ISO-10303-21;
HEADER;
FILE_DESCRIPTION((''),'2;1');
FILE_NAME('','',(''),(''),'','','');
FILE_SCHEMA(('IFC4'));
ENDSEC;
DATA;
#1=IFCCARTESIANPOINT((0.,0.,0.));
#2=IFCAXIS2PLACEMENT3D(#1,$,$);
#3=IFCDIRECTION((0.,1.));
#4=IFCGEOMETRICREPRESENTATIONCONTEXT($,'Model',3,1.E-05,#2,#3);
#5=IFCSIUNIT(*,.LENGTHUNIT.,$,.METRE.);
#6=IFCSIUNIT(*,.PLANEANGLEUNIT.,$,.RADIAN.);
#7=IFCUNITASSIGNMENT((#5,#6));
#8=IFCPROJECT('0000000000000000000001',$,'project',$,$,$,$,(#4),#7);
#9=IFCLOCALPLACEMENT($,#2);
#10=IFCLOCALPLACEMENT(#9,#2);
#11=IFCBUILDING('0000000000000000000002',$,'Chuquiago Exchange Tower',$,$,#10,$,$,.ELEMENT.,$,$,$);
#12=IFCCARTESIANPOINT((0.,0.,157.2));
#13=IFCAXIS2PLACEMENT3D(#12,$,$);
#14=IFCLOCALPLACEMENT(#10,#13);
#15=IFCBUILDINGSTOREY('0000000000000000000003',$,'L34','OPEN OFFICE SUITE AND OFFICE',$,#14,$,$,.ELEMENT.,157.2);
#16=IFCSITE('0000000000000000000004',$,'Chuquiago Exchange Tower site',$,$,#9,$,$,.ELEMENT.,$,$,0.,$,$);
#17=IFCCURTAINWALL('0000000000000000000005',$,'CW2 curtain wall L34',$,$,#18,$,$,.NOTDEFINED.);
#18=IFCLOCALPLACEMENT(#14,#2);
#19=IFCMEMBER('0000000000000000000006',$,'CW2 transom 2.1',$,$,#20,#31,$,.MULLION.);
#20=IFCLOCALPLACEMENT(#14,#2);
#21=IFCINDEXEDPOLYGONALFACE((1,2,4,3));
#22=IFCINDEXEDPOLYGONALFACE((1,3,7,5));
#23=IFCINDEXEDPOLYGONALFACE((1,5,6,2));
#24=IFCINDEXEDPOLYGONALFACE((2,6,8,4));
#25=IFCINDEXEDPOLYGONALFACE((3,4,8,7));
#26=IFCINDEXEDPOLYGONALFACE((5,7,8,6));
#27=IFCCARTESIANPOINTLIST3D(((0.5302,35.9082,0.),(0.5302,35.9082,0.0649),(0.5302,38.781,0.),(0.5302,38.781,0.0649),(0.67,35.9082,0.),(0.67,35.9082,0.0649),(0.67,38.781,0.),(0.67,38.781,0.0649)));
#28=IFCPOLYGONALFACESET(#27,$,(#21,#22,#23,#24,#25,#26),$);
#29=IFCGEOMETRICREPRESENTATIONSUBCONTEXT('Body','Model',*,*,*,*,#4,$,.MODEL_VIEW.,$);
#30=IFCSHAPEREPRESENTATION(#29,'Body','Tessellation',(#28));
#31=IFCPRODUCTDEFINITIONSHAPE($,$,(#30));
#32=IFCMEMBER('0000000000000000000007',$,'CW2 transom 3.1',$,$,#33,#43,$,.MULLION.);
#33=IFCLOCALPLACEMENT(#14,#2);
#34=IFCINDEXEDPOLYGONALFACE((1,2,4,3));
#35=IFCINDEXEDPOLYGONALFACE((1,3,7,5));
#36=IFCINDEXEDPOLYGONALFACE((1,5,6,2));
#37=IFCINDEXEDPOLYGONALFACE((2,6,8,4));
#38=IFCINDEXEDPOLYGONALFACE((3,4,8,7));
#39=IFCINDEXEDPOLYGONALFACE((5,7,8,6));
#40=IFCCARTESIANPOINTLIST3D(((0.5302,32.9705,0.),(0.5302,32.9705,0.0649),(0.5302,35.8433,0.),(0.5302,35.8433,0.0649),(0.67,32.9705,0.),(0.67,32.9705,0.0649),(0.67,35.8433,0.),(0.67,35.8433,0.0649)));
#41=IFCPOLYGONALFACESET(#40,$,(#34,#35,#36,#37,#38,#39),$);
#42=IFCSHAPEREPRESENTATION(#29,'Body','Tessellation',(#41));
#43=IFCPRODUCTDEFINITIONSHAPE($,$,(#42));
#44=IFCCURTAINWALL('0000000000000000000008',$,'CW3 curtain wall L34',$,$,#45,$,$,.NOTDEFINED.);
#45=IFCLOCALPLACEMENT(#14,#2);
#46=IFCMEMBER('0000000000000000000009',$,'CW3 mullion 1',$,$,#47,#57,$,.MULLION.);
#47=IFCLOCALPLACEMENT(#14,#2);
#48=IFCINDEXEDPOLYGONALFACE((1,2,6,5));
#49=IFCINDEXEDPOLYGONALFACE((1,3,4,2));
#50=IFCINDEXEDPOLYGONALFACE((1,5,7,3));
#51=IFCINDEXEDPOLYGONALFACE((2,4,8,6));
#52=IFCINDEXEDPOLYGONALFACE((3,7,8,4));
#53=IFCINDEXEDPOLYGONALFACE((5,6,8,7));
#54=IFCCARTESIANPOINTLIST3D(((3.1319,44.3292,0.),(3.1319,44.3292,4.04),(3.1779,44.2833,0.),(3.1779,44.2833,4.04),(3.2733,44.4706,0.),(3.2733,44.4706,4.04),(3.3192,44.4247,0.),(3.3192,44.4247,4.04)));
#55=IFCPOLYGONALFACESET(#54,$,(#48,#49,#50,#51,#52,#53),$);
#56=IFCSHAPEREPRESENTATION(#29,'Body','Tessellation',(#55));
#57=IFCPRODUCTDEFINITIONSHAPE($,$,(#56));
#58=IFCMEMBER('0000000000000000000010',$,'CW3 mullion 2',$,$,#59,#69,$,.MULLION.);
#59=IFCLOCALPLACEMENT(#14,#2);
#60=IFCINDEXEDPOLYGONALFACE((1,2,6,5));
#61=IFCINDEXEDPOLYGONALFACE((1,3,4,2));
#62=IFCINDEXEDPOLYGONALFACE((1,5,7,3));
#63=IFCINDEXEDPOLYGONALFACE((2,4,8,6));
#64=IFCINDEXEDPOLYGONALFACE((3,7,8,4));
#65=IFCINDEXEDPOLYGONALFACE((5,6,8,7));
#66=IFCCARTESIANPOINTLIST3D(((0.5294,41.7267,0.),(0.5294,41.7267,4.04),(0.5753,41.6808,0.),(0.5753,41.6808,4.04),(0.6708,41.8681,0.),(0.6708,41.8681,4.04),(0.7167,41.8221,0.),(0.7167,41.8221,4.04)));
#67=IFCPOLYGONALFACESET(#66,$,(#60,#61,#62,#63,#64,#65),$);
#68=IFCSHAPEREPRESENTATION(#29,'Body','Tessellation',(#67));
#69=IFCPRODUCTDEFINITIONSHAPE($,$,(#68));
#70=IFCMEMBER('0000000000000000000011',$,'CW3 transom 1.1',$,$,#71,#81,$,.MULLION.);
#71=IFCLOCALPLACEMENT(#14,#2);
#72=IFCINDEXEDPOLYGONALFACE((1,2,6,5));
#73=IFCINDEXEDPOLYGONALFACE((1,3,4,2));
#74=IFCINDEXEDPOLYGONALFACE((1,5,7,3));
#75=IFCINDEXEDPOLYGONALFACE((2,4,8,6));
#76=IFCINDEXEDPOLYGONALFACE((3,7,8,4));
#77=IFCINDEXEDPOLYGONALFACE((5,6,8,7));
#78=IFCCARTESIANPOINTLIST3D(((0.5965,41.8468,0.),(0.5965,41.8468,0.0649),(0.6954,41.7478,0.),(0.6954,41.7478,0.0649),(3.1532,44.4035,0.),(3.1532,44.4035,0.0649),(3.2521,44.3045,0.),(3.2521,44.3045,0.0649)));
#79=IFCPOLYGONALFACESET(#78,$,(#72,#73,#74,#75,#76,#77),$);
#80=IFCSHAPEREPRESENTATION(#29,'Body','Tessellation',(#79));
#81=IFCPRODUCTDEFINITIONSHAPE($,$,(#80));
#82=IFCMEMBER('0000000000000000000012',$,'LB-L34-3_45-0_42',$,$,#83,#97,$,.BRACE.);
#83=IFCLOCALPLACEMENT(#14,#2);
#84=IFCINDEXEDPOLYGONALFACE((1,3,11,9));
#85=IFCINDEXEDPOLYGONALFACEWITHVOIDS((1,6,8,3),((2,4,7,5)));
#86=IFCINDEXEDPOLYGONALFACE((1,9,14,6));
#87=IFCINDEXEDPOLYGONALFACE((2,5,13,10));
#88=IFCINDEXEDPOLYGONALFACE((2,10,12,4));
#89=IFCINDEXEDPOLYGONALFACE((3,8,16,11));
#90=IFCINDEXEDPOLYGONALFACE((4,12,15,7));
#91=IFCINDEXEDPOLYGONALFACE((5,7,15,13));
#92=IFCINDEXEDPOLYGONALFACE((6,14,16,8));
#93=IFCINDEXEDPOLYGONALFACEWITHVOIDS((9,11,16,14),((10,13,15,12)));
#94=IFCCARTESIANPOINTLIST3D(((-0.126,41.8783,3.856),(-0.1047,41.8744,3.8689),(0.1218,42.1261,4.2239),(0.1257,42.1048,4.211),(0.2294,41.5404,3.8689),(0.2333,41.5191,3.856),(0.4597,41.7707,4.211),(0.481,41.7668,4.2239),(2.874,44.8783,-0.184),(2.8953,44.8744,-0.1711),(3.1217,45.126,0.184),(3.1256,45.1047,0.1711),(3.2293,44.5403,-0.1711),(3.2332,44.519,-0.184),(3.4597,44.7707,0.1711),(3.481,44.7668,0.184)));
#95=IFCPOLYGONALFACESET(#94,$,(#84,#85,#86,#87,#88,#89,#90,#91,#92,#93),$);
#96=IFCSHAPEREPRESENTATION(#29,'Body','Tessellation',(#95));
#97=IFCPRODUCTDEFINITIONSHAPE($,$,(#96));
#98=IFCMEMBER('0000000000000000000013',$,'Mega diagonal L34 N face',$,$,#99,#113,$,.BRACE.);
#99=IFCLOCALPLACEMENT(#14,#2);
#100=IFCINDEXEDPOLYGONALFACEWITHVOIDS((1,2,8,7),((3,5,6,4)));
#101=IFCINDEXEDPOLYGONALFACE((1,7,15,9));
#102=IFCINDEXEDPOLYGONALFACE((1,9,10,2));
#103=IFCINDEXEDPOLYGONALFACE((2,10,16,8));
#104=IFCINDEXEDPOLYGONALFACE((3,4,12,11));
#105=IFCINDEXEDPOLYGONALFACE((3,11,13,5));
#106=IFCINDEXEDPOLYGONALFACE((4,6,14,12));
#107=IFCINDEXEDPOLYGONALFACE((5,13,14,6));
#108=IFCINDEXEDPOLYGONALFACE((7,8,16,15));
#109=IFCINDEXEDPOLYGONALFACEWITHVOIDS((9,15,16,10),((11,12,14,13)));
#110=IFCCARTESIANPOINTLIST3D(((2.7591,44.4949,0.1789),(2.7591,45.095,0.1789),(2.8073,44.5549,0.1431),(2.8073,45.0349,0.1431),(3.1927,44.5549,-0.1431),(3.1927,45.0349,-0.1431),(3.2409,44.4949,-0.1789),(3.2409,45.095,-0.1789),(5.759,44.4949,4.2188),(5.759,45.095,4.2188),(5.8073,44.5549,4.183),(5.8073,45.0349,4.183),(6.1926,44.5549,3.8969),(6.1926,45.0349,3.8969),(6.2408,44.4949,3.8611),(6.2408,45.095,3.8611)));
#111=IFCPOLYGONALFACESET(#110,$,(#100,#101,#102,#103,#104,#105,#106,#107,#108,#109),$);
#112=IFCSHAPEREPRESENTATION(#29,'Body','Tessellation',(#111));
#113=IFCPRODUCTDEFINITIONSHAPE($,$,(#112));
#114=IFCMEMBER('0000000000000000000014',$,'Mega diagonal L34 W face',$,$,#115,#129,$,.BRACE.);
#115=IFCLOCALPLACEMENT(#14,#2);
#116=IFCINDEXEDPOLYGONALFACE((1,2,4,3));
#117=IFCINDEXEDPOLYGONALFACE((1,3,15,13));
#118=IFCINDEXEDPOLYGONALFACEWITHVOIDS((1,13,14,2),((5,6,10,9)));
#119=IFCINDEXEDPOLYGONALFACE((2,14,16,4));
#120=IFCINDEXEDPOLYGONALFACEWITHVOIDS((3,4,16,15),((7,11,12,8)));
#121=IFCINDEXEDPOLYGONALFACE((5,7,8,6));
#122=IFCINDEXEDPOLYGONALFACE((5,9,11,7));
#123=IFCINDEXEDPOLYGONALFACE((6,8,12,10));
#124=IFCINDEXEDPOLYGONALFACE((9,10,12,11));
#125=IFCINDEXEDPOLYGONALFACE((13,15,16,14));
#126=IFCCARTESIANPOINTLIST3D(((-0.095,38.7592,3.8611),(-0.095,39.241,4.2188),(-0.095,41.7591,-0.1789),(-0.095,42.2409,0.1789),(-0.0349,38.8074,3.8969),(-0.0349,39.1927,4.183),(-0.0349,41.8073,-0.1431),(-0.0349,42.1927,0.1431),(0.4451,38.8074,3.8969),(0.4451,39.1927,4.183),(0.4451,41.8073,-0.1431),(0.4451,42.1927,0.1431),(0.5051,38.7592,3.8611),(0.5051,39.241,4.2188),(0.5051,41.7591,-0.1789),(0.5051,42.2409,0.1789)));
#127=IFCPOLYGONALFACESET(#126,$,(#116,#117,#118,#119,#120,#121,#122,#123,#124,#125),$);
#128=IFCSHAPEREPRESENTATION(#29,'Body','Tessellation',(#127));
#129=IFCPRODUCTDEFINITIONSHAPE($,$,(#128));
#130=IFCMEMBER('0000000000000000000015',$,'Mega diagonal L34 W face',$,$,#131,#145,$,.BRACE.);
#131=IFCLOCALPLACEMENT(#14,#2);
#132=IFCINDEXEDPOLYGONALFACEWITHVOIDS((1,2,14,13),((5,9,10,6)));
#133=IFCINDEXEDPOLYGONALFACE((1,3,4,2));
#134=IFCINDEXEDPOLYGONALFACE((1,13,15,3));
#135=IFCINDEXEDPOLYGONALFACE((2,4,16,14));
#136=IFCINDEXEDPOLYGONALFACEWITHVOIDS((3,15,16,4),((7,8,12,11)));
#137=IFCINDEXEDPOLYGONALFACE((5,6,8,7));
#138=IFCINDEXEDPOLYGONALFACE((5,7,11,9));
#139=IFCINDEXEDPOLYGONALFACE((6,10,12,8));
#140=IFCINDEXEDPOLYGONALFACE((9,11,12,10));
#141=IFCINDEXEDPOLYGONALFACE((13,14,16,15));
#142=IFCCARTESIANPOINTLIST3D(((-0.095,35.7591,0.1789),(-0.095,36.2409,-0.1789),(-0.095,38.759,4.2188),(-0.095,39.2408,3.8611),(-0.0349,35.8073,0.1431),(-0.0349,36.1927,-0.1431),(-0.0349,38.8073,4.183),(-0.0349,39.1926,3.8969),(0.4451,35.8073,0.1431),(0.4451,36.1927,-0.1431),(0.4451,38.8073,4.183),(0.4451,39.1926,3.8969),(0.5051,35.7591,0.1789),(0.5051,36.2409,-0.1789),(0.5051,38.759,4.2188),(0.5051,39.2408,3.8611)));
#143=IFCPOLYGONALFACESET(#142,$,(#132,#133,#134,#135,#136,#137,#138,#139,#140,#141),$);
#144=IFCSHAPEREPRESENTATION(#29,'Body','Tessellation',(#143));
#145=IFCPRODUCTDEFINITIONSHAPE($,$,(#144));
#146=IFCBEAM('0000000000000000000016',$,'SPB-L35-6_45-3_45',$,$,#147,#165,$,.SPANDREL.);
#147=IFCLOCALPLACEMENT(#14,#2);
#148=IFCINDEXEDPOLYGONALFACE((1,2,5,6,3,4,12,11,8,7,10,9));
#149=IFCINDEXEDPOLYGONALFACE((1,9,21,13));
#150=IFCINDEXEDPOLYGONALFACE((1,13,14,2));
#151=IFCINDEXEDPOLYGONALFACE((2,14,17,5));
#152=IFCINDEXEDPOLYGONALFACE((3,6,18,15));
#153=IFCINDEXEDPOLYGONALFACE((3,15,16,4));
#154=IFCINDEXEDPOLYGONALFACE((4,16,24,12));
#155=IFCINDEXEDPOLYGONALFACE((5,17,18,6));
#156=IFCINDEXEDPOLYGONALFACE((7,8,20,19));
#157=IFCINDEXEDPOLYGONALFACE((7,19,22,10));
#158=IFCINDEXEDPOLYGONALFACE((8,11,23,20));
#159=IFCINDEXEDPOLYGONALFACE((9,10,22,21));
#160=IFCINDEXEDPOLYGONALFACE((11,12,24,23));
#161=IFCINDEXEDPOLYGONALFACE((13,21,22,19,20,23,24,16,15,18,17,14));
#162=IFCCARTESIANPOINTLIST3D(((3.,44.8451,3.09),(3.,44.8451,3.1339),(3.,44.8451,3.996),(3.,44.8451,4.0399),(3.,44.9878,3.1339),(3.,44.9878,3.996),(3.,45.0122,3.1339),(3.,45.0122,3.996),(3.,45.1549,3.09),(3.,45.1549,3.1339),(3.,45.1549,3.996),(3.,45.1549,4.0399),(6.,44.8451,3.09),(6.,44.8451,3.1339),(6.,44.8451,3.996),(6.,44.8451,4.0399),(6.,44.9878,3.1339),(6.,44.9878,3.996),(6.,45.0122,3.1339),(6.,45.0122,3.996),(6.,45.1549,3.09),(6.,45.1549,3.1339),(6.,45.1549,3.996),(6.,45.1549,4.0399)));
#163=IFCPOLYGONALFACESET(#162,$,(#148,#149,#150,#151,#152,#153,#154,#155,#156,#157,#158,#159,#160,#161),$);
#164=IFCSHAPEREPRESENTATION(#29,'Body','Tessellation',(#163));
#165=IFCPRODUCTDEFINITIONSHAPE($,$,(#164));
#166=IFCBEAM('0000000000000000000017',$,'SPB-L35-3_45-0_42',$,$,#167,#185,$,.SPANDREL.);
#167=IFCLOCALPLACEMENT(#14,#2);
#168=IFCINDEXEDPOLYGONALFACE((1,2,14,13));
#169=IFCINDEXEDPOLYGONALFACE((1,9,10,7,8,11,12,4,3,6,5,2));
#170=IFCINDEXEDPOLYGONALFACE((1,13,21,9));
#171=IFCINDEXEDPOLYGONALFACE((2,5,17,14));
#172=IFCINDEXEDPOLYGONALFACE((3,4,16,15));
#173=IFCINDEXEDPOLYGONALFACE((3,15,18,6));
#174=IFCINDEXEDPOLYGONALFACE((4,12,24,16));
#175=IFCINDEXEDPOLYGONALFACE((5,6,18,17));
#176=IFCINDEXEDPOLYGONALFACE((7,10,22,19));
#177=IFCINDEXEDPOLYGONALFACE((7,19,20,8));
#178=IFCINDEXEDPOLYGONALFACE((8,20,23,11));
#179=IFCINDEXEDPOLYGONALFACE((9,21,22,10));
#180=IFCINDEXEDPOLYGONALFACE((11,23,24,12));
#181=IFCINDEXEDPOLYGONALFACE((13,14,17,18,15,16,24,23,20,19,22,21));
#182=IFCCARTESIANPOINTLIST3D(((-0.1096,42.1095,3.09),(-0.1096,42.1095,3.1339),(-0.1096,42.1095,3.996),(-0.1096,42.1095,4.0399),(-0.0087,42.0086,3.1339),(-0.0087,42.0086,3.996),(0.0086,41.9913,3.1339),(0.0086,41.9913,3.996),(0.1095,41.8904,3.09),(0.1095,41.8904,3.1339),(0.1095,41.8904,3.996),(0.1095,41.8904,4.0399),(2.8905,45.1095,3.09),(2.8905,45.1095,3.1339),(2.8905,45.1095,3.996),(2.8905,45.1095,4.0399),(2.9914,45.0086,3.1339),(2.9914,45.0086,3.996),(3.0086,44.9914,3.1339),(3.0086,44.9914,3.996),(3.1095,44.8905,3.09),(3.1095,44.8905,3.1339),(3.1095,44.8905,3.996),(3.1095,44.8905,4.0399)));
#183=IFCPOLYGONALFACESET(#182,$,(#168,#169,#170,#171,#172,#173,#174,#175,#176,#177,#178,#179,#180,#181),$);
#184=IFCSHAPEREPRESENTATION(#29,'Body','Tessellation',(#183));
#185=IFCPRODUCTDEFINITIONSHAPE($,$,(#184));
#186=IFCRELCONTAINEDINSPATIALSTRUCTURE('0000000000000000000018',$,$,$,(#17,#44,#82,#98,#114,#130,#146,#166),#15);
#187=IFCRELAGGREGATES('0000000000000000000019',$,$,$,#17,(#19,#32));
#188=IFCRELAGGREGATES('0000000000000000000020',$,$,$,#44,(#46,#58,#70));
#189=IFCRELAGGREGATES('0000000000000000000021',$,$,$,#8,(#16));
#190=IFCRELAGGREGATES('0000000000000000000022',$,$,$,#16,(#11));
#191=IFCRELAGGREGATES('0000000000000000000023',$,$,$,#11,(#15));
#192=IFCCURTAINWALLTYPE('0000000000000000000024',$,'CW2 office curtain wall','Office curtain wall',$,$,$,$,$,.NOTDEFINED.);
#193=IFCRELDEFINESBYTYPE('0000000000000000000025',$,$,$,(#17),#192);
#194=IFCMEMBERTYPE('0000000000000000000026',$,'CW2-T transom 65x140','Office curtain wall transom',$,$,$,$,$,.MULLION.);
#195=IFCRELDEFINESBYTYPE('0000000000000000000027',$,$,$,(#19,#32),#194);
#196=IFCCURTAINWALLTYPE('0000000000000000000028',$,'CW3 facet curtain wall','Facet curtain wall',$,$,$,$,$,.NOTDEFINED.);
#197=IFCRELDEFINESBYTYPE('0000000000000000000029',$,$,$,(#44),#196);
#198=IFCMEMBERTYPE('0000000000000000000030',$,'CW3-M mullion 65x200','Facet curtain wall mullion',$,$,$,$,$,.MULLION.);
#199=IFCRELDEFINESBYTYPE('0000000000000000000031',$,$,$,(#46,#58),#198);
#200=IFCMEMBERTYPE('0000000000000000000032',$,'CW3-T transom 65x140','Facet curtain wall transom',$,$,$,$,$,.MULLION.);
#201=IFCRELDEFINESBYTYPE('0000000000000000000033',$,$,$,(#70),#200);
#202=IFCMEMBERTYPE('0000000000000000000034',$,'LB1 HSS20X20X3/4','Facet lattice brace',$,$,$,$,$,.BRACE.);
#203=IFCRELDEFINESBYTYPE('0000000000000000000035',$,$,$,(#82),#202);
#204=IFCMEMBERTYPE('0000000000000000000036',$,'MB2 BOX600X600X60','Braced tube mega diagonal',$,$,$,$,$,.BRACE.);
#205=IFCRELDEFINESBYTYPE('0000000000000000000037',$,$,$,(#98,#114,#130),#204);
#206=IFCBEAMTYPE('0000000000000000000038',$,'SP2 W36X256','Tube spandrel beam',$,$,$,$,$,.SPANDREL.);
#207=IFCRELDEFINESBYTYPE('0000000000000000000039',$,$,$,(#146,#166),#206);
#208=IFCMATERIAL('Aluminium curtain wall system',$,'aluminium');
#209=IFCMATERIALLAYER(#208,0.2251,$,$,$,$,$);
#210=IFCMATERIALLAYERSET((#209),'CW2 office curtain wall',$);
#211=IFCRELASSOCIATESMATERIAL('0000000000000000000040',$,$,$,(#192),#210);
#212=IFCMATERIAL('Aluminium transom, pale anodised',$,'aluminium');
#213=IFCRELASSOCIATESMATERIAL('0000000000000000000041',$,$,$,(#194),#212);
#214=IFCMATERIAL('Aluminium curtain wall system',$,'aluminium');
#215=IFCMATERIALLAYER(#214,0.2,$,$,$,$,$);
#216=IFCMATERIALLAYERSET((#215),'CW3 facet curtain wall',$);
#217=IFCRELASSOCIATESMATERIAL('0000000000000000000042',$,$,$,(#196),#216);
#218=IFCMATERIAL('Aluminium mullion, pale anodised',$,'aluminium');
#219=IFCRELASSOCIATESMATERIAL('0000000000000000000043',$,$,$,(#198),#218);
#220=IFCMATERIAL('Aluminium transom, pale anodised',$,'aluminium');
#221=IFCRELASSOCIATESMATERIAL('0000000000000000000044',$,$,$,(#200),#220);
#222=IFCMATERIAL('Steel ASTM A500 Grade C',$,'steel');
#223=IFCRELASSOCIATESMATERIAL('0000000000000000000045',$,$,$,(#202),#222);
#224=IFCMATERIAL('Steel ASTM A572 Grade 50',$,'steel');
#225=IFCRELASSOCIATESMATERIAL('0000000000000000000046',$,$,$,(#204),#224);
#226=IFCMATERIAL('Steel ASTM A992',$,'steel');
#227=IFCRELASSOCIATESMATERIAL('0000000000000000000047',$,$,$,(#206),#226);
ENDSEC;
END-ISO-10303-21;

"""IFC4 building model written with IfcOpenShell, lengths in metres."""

from ifc_helpers import new_model, si_unit, direction, frame, origin, origin_2d, place, context, subcontext, project, spatial, rectangle, hollow_rectangle, i_section, extrude, material, layer, layer_set, material_profile, profile_set, type_object, element, aggregate, save


model = new_model("IFC4")

# Units and contexts
model_context = context("Model", 3, precision=1e-05, world=origin(), true_north=direction((0.0, 1.0)))
body_context = subcontext(model_context, "Body", "Model", "MODEL_VIEW")
ifc_project = project(units=[si_unit("LENGTHUNIT", "METRE"), si_unit("PLANEANGLEUNIT", "RADIAN")], contexts=[model_context])

# Site, building, storey
site_placement = place(None, origin())
site = spatial("IfcSite", under=ifc_project, at=site_placement, Name="Chuquiago Exchange Tower site", CompositionType="ELEMENT", RefElevation=0.0)
building_placement = place(site_placement, origin())
building = spatial("IfcBuilding", under=site, at=building_placement, Name="Chuquiago Exchange Tower", CompositionType="ELEMENT")
storey_placement = place(building_placement, frame((0.0, 0.0, 157.2)))
storey = spatial("IfcBuildingStorey", under=building, at=storey_placement, Name="L34", Description="OPEN OFFICE SUITE AND OFFICE", CompositionType="ELEMENT", Elevation=157.2)

# Curtain wall
ifc_material_1 = material(Name="Aluminium curtain wall system", Category="aluminium")
ifc_layer_1 = layer(ifc_material_1, 0.2251)
ifc_layer_set_1 = layer_set([ifc_layer_1], Name="CW2 office curtain wall")
curtain_wall_type_1 = type_object("IfcCurtainWallType", Name="CW2 office curtain wall", Description="Office curtain wall", PredefinedType="NOTDEFINED", material=ifc_layer_set_1)
curtain_wall_1_placement = place(storey_placement, origin())
curtain_wall_1 = element("IfcCurtainWall", 1, at=curtain_wall_1_placement, inside=storey, type_object=curtain_wall_type_1, Name="CW2 curtain wall L34", PredefinedType="NOTDEFINED")

# Members
ifc_material_2 = material(Name="Aluminium transom, pale anodised", Category="aluminium")
ifc_material_profile_1 = material_profile(ifc_material_2, rectangle(XDim=0.1399, YDim=0.0649, at=origin_2d()), Name="AL 140x65")
ifc_profile_set_1 = profile_set([ifc_material_profile_1], Name="Aluminium transom, pale anodised")
member_type_1 = type_object("IfcMemberType", Name="CW2-T transom 65x140", Description="Office curtain wall transom", PredefinedType="MULLION", material=ifc_profile_set_1)
member_1_placement = place(storey_placement, frame((0.6001, 38.781, 0.0325), z_axis=(0.0, -1.0, 0.0), x_axis=(1.0, 0.0, 0.0)))
member_1 = element("IfcMember", 2, at=member_1_placement, type_object=member_type_1, Name="CW2 transom 2.1", PredefinedType="MULLION", context=body_context, shape_type="SweptSolid", body=[
    extrude(rectangle(XDim=0.1399, YDim=0.0649, at=origin_2d()), origin(), (0.0, 0.0, 1.0), 2.8728),
])
member_2_placement = place(storey_placement, frame((0.6001, 35.8433, 0.0325), z_axis=(0.0, -1.0, 0.0), x_axis=(1.0, 0.0, 0.0)))
member_2 = element("IfcMember", 3, at=member_2_placement, type_object=member_type_1, Name="CW2 transom 3.1", PredefinedType="MULLION", context=body_context, shape_type="SweptSolid", body=[
    extrude(rectangle(XDim=0.1399, YDim=0.0649, at=origin_2d()), origin(), (0.0, 0.0, 1.0), 2.8728),
])

# Curtain wall, members
ifc_material_3 = material(Name="Aluminium curtain wall system", Category="aluminium")
ifc_layer_2 = layer(ifc_material_3, 0.2)
ifc_layer_set_2 = layer_set([ifc_layer_2], Name="CW3 facet curtain wall")
curtain_wall_type_2 = type_object("IfcCurtainWallType", Name="CW3 facet curtain wall", Description="Facet curtain wall", PredefinedType="NOTDEFINED", material=ifc_layer_set_2)
curtain_wall_2_placement = place(storey_placement, origin())
curtain_wall_2 = element("IfcCurtainWall", 4, at=curtain_wall_2_placement, inside=storey, type_object=curtain_wall_type_2, Name="CW3 curtain wall L34", PredefinedType="NOTDEFINED")
ifc_material_4 = material(Name="Aluminium mullion, pale anodised", Category="aluminium")
ifc_material_profile_2 = material_profile(ifc_material_4, rectangle(XDim=0.0649, YDim=0.2, at=origin_2d()), Name="AL 65x200")
ifc_profile_set_2 = profile_set([ifc_material_profile_2], Name="Aluminium mullion, pale anodised")
member_type_2 = type_object("IfcMemberType", Name="CW3-M mullion 65x200", Description="Facet curtain wall mullion", PredefinedType="MULLION", material=ifc_profile_set_2)
member_3_placement = place(storey_placement, frame((3.2256, 44.377, 0.0), z_axis=(0.0, 0.0, 1.0), x_axis=(0.707107, -0.707107, 0.0)))
member_3 = element("IfcMember", 5, at=member_3_placement, type_object=member_type_2, Name="CW3 mullion 1", PredefinedType="MULLION", context=body_context, shape_type="SweptSolid", body=[
    extrude(rectangle(XDim=0.0649, YDim=0.2, at=origin_2d()), origin(), (0.0, 0.0, 1.0), 4.04),
])
member_4_placement = place(storey_placement, frame((0.623, 41.7744, 0.0), z_axis=(0.0, 0.0, 1.0), x_axis=(0.707107, -0.707107, 0.0)))
member_4 = element("IfcMember", 6, at=member_4_placement, type_object=member_type_2, Name="CW3 mullion 2", PredefinedType="MULLION", context=body_context, shape_type="SweptSolid", body=[
    extrude(rectangle(XDim=0.0649, YDim=0.2, at=origin_2d()), origin(), (0.0, 0.0, 1.0), 4.04),
])
ifc_material_5 = material(Name="Aluminium transom, pale anodised", Category="aluminium")
ifc_material_profile_3 = material_profile(ifc_material_5, rectangle(XDim=0.1399, YDim=0.0649, at=origin_2d()), Name="AL 140x65")
ifc_profile_set_3 = profile_set([ifc_material_profile_3], Name="Aluminium transom, pale anodised")
member_type_3 = type_object("IfcMemberType", Name="CW3-T transom 65x140", Description="Facet curtain wall transom", PredefinedType="MULLION", material=ifc_profile_set_3)
member_5_placement = place(storey_placement, frame((3.2026, 44.354, 0.0325), z_axis=(-0.707107, -0.707107, 0.0), x_axis=(0.707107, -0.707107, 0.0)))
member_5 = element("IfcMember", 7, at=member_5_placement, type_object=member_type_3, Name="CW3 transom 1.1", PredefinedType="MULLION", context=body_context, shape_type="SweptSolid", body=[
    extrude(rectangle(XDim=0.1399, YDim=0.0649, at=origin_2d()), origin(), (0.0, 0.0, 1.0), 3.6157),
])

# Members
ifc_material_6 = material(Name="Steel ASTM A500 Grade C", Category="steel")
ifc_material_profile_4 = material_profile(ifc_material_6, hollow_rectangle(XDim=0.5081, YDim=0.5081, WallThickness=0.0178, at=origin_2d()), Name="HSS20X20X3/4")
ifc_profile_set_4 = profile_set([ifc_material_profile_4], Name="Steel ASTM A500 Grade C")
member_type_4 = type_object("IfcMemberType", Name="LB1 HSS20X20X3/4", Description="Facet lattice brace", PredefinedType="BRACE", material=ifc_profile_set_4)
member_6_placement = place(storey_placement, frame((3.1775, 44.8225, 0.0), z_axis=(-0.512077, -0.512077, 0.689604), x_axis=(0.707107, -0.707107, 0.0)))
element("IfcMember", 8, at=member_6_placement, inside=storey, type_object=member_type_4, Name="LB-L34-3_45-0_42", PredefinedType="BRACE", context=body_context, shape_type="SweptSolid", body=[
    extrude(hollow_rectangle(XDim=0.5081, YDim=0.5081, WallThickness=0.0178, at=origin_2d()), origin(), (0.0, 0.0, 1.0), 5.8584),
])
ifc_material_7 = material(Name="Steel ASTM A572 Grade 50", Category="steel")
ifc_material_profile_5 = material_profile(ifc_material_7, hollow_rectangle(XDim=0.6001, YDim=0.6001, WallThickness=0.0601, at=origin_2d()), Name="BOX600X600X60")
ifc_profile_set_5 = profile_set([ifc_material_profile_5], Name="Steel ASTM A572 Grade 50")
member_type_5 = type_object("IfcMemberType", Name="MB2 BOX600X600X60", Description="Braced tube mega diagonal", PredefinedType="BRACE", material=ifc_profile_set_5)
for number, where, z_axis, x_axis, name in (
    (9, (3.0, 44.7949, 0.0), (0.596174, 0.0, 0.802855), (0.0, 1.0, 0.0), "Mega diagonal L34 N face"),
    (10, (0.2051, 42.0, 0.0), (0.0, -0.596174, 0.802855), (1.0, 0.0, 0.0), "Mega diagonal L34 W face"),
    (11, (0.2051, 36.0, 0.0), (0.0, 0.596174, 0.802855), (-1.0, 0.0, 0.0), "Mega diagonal L34 W face"),
):
    element("IfcMember", number, at=place(storey_placement, frame(where, z_axis=z_axis, x_axis=x_axis)), inside=storey, type_object=member_type_5, Name=name, PredefinedType="BRACE", context=body_context, shape_type="SweptSolid", body=[
        extrude(hollow_rectangle(XDim=0.6001, YDim=0.6001, WallThickness=0.0601, at=origin_2d()), origin(), (0.0, 0.0, 1.0), 5.032),
    ])

# Beams
ifc_material_8 = material(Name="Steel ASTM A992", Category="steel")
ifc_material_profile_6 = material_profile(ifc_material_8, i_section(OverallWidth=0.3098, OverallDepth=0.95, WebThickness=0.0244, FlangeThickness=0.0439, at=origin_2d()), Name="W36X256")
ifc_profile_set_6 = profile_set([ifc_material_profile_6], Name="Steel ASTM A992")
beam_type = type_object("IfcBeamType", Name="SP2 W36X256", Description="Tube spandrel beam", PredefinedType="SPANDREL", material=ifc_profile_set_6)
beam_1_placement = place(storey_placement, frame((6.0, 45.0, 3.5649), z_axis=(-1.0, 0.0, 0.0), x_axis=(0.0, -1.0, 0.0)))
element("IfcBeam", 12, at=beam_1_placement, inside=storey, type_object=beam_type, Name="SPB-L35-6_45-3_45", PredefinedType="SPANDREL", context=body_context, shape_type="SweptSolid", body=[
    extrude(i_section(OverallWidth=0.3098, OverallDepth=0.95, WebThickness=0.0244, FlangeThickness=0.0439, at=origin_2d()), origin(), (0.0, 0.0, 1.0), 3.0),
])
beam_2_placement = place(storey_placement, frame((3.0, 45.0, 3.5649), z_axis=(-0.707107, -0.707107, 0.0), x_axis=(0.707107, -0.707107, 0.0)))
element("IfcBeam", 13, at=beam_2_placement, inside=storey, type_object=beam_type, Name="SPB-L35-3_45-0_42", PredefinedType="SPANDREL", context=body_context, shape_type="SweptSolid", body=[
    extrude(i_section(OverallWidth=0.3098, OverallDepth=0.95, WebThickness=0.0244, FlangeThickness=0.0439, at=origin_2d()), origin(), (0.0, 0.0, 1.0), 4.2427),
])

aggregate(curtain_wall_1, [member_1, member_2])
aggregate(curtain_wall_2, [member_3, member_4, member_5])

save(model, "model.ifc")
